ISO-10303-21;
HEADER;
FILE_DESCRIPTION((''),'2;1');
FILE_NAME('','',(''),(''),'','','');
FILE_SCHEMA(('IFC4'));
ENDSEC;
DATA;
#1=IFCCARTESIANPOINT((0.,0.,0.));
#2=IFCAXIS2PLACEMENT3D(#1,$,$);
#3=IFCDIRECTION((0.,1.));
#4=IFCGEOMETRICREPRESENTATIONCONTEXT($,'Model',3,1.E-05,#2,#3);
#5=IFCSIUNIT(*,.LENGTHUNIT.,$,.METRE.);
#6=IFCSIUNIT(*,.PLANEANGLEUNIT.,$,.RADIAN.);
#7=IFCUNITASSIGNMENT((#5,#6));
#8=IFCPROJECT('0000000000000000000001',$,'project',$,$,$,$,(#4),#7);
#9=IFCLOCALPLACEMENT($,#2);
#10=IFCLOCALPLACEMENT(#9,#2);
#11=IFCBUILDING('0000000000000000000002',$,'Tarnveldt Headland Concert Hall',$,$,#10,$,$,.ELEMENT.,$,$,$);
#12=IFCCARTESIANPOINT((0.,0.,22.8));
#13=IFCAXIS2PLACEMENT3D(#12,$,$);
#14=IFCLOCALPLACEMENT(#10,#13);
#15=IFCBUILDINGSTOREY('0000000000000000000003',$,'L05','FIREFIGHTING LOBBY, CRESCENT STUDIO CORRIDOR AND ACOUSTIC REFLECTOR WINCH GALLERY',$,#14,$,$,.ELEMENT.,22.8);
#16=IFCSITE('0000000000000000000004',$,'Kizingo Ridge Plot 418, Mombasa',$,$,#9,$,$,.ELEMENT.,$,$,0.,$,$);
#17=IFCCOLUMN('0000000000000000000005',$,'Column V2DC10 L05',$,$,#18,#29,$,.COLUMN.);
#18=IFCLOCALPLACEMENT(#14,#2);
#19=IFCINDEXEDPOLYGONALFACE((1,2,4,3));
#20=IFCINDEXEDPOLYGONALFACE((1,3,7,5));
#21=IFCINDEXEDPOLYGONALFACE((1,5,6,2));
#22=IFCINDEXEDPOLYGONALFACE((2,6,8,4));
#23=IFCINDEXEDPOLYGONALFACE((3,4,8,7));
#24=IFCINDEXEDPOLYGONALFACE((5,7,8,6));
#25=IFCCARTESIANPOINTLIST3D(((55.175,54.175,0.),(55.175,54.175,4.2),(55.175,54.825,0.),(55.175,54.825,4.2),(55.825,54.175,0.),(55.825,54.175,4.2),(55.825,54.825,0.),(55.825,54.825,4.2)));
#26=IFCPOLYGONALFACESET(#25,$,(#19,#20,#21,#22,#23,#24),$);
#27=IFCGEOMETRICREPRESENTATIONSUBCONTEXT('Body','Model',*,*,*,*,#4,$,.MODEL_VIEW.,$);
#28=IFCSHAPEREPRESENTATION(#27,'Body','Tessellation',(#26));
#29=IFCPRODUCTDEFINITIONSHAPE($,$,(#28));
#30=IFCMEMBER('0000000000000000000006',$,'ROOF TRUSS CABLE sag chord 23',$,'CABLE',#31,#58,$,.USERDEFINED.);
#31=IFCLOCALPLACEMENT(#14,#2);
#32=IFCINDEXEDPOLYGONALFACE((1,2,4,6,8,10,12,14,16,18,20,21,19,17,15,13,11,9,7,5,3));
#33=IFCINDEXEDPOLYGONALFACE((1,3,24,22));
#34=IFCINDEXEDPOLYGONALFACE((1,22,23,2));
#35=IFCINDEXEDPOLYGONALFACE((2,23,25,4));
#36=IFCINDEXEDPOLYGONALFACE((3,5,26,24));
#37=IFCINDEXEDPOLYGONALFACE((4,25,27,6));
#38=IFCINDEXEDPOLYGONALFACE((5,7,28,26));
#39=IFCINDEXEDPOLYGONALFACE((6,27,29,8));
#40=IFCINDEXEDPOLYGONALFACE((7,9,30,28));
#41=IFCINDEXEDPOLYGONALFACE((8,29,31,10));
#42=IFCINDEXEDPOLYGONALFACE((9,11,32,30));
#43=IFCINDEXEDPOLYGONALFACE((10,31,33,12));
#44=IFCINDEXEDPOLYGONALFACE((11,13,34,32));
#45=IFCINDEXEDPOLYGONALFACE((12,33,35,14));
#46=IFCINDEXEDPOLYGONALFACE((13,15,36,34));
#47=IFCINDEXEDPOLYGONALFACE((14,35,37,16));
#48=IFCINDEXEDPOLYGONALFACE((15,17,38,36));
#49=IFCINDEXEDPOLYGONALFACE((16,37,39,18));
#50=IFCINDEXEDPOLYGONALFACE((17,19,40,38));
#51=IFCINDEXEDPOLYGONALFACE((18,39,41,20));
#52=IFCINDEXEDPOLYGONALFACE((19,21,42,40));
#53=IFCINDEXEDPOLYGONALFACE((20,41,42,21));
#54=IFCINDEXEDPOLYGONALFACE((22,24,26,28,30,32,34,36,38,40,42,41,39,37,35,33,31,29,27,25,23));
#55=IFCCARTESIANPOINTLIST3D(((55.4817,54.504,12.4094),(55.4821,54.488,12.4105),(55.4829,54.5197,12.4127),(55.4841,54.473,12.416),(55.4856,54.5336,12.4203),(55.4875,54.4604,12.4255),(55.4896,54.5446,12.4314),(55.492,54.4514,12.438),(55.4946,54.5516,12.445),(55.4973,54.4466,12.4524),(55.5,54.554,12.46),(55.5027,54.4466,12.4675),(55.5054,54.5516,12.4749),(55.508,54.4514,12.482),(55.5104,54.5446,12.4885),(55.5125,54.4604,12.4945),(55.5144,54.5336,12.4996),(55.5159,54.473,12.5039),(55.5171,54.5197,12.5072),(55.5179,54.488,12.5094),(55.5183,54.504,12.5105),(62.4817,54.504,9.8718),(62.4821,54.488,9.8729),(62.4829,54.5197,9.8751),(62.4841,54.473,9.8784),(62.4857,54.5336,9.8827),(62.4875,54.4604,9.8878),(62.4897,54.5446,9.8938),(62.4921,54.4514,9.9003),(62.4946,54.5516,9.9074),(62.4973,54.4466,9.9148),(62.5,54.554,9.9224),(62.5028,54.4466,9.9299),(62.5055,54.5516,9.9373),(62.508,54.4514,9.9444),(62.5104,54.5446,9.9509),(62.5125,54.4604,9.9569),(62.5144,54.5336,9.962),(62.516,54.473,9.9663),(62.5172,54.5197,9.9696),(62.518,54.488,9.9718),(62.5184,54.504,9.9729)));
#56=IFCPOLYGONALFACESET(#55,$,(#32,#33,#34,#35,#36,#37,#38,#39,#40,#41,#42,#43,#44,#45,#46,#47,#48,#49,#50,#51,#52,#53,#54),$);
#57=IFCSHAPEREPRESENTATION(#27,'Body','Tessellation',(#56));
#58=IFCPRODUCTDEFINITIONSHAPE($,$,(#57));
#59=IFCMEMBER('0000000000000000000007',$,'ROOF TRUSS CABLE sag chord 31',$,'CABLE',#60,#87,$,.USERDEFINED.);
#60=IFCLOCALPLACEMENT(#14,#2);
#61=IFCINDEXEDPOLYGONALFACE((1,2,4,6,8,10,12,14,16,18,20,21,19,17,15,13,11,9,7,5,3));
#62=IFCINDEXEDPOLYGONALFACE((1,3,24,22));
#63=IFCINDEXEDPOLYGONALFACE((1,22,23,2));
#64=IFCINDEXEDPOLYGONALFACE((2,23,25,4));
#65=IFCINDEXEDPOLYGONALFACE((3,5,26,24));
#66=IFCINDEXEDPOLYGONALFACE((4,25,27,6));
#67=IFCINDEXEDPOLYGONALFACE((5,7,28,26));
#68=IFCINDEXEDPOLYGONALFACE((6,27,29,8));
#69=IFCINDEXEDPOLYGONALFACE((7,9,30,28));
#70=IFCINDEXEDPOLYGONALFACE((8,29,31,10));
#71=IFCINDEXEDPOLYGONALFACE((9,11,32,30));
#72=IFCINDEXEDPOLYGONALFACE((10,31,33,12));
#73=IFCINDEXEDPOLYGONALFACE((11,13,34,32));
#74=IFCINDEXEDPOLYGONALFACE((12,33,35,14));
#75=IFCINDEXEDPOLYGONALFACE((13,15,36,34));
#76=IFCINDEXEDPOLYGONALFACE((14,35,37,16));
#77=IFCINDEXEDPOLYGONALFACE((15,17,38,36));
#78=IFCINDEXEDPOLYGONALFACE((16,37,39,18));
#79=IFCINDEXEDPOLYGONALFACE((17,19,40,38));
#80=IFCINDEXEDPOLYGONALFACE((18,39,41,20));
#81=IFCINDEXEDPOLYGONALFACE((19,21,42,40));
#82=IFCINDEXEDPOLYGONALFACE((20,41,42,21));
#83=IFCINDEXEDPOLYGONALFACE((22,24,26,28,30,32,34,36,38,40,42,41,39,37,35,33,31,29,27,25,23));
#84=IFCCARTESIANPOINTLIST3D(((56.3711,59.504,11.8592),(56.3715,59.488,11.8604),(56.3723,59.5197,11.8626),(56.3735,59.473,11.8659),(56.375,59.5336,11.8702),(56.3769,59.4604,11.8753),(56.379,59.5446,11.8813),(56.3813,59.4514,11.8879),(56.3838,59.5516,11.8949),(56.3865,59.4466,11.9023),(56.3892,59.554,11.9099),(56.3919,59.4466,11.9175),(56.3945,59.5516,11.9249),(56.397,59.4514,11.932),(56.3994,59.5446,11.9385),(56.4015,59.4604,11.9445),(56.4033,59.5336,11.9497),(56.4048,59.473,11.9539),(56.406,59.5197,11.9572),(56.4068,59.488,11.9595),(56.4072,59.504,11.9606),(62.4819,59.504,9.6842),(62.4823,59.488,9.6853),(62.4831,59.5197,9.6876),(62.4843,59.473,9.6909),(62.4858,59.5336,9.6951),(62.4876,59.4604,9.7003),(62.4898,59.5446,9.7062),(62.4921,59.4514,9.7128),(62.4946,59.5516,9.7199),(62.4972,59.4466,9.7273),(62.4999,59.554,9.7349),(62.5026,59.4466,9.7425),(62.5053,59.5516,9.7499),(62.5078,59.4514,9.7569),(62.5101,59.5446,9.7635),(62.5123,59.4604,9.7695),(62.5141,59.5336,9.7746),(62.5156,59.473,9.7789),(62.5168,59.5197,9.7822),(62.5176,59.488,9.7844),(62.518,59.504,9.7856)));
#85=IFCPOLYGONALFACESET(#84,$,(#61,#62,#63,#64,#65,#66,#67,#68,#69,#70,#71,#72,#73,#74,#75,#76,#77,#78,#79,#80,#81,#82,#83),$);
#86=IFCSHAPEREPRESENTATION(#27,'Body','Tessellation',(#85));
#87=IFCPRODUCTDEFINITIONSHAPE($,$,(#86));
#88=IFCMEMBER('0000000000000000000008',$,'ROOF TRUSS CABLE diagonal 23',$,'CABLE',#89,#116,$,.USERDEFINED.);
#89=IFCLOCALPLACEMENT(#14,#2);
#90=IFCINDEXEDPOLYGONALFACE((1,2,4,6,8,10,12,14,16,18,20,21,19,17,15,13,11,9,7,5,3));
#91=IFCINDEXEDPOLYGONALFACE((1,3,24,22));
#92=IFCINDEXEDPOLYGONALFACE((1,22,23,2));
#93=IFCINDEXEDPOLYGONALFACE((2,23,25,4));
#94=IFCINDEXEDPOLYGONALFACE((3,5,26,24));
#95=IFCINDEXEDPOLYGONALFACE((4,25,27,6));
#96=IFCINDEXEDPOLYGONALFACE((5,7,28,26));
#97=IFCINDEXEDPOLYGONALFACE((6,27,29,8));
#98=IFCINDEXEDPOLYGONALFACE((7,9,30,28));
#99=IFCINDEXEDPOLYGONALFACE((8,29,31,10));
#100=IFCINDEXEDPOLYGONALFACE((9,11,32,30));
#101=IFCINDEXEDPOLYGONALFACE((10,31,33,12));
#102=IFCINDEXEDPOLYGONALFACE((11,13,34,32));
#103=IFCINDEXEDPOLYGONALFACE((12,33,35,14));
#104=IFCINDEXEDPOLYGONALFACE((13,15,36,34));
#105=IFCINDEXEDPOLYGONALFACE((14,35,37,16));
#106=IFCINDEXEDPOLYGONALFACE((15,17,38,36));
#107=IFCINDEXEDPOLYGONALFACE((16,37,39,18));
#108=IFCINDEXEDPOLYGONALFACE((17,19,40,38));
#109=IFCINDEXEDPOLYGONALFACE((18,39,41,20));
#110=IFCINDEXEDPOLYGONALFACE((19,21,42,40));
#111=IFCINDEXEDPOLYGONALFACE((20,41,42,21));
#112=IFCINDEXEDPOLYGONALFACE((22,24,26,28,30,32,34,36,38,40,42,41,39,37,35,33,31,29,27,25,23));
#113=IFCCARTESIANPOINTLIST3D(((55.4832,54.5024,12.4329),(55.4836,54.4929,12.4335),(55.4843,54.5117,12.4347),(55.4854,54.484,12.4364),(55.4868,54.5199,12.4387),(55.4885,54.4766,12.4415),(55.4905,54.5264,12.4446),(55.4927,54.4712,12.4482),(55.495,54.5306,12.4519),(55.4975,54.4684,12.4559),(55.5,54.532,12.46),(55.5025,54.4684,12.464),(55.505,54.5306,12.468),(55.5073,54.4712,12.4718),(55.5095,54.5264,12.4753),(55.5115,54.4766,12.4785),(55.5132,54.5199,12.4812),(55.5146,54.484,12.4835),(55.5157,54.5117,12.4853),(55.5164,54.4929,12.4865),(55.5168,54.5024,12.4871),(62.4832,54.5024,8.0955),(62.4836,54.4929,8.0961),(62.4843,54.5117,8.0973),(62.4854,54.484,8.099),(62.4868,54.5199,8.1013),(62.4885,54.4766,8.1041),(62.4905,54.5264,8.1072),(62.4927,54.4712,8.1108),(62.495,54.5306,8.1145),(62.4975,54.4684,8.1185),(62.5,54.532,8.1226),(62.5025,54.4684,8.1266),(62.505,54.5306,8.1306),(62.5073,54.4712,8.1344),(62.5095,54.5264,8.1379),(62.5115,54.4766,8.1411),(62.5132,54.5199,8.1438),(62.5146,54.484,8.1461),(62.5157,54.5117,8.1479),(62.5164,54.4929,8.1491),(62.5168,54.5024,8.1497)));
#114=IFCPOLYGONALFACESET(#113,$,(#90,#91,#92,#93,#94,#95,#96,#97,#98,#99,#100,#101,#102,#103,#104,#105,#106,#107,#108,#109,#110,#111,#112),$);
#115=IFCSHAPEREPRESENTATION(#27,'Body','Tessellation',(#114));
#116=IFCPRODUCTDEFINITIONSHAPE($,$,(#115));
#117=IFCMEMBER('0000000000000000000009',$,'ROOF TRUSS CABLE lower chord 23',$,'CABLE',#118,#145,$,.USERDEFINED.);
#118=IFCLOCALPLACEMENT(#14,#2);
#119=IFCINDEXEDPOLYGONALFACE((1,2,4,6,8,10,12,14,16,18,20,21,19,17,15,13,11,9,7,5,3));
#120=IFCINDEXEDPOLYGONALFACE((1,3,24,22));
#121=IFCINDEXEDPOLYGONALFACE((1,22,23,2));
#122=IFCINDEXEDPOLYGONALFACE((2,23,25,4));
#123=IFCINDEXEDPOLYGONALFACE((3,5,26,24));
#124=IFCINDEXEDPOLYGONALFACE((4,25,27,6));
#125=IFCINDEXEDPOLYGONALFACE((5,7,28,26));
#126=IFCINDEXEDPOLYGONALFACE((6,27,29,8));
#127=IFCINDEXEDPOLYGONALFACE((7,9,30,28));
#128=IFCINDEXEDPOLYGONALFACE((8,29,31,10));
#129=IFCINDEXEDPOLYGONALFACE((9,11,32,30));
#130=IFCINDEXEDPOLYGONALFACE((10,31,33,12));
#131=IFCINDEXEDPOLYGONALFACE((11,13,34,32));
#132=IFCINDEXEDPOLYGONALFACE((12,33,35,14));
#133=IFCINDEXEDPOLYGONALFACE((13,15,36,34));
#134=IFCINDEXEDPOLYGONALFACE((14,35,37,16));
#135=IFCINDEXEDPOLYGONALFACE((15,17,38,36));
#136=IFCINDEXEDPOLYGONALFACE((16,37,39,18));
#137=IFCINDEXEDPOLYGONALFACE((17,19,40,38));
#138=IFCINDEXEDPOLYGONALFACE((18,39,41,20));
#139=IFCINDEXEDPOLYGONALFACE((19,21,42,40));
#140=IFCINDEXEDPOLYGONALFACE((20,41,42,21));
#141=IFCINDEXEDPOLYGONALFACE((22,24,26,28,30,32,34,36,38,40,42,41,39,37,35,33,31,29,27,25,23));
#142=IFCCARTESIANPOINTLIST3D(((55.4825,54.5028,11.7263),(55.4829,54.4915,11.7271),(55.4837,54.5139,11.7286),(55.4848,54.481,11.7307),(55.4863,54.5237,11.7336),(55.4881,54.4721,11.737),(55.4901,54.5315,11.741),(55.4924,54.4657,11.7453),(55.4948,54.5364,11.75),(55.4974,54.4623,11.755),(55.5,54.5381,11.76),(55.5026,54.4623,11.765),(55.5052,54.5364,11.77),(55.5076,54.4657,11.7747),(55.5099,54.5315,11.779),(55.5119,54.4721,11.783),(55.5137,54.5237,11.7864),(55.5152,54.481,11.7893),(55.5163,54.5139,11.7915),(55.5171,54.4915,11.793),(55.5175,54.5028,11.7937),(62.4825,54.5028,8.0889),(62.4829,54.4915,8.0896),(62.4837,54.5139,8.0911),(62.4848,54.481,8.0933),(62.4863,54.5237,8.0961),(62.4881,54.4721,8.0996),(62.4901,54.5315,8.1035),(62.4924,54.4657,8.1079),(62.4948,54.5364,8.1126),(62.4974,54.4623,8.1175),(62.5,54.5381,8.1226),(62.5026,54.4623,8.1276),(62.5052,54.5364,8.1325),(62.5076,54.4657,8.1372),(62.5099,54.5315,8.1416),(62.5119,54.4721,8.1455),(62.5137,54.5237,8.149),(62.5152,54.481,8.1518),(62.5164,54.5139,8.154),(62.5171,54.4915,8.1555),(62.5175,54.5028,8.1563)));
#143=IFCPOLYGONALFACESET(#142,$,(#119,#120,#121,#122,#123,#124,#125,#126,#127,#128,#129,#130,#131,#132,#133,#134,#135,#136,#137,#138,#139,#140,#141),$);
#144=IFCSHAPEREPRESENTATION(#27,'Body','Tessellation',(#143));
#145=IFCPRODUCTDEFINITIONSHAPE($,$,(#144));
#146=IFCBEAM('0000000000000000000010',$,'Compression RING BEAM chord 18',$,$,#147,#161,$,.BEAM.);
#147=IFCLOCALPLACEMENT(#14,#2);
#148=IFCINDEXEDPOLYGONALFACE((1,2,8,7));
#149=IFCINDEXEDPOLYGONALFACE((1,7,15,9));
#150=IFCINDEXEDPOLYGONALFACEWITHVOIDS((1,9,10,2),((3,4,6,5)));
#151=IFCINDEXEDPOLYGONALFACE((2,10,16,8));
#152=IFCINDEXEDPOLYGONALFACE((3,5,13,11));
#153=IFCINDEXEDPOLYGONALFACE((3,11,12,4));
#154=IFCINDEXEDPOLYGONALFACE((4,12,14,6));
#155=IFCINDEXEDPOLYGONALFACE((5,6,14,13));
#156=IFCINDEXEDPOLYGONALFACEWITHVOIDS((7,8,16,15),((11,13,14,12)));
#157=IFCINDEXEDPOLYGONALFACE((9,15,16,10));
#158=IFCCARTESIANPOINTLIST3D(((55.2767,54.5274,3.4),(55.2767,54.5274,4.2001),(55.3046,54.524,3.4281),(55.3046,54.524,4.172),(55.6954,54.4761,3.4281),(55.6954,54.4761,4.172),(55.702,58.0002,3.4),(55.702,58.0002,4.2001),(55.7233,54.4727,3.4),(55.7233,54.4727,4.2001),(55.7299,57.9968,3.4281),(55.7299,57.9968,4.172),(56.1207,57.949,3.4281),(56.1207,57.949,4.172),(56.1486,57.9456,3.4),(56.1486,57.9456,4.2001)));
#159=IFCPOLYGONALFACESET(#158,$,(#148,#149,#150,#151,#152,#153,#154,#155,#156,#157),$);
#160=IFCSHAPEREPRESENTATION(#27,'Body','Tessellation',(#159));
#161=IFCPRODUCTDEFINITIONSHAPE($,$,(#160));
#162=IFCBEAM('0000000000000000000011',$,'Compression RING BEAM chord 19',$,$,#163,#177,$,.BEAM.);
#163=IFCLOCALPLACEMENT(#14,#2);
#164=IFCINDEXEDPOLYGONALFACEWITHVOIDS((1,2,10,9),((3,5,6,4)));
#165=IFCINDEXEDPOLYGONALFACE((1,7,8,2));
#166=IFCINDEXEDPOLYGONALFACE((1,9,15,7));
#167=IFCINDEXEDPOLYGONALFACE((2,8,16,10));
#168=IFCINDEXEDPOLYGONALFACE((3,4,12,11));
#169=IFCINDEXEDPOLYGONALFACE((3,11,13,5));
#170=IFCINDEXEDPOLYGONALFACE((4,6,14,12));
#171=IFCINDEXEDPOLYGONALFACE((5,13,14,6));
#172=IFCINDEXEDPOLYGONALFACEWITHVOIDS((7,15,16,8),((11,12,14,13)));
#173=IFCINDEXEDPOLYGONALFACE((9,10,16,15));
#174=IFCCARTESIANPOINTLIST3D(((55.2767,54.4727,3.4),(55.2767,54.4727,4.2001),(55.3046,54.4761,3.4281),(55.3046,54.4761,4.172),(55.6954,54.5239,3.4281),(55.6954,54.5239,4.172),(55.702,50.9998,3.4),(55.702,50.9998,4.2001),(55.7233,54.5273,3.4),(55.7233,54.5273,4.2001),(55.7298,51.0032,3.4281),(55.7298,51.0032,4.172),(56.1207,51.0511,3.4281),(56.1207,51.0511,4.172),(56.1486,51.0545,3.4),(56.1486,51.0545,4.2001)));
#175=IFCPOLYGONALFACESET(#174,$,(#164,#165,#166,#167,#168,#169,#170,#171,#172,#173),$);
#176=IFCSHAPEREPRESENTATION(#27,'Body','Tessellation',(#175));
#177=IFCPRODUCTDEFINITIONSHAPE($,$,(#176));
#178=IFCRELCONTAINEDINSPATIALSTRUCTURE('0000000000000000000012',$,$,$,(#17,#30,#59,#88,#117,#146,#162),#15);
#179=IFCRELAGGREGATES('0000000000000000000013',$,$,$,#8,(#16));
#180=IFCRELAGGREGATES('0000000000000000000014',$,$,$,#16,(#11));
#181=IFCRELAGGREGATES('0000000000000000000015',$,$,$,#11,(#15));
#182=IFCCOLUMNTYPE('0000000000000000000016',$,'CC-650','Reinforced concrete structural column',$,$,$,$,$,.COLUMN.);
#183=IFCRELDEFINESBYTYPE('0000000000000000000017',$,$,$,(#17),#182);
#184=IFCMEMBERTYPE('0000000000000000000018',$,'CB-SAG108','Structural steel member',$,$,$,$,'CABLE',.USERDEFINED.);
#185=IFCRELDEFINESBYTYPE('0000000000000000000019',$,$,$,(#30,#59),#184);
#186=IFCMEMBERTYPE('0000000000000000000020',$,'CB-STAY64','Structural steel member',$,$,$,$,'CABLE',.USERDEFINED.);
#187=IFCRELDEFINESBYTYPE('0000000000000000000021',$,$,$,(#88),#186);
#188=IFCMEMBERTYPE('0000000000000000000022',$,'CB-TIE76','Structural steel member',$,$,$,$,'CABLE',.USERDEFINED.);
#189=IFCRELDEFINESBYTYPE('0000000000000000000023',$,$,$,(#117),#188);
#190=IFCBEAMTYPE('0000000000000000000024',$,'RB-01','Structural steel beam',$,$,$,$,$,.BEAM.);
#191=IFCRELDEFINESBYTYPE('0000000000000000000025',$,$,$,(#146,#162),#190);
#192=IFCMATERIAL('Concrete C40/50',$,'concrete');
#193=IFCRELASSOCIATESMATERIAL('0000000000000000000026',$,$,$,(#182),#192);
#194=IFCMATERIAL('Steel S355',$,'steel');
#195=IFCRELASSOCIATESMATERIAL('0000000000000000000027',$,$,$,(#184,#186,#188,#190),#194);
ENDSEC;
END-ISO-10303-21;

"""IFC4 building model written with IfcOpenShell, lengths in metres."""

from ifc_helpers import new_model, si_unit, direction, frame, origin, origin_2d, place, context, subcontext, project, spatial, rectangle, hollow_rectangle, circle, extrude, material, material_profile, profile_set, type_object, element, save


model = new_model("IFC4")

# Units and contexts
model_context = context("Model", 3, precision=1e-05, world=origin(), true_north=direction((0.0, 1.0)))
body_context = subcontext(model_context, "Body", "Model", "MODEL_VIEW")
ifc_project = project(units=[si_unit("LENGTHUNIT", "METRE"), si_unit("PLANEANGLEUNIT", "RADIAN")], contexts=[model_context])

# Site, building, storey
site_placement = place(None, origin())
site = spatial("IfcSite", under=ifc_project, at=site_placement, Name="Kizingo Ridge Plot 418, Mombasa", CompositionType="ELEMENT", RefElevation=0.0)
building_placement = place(site_placement, origin())
building = spatial("IfcBuilding", under=site, at=building_placement, Name="Tarnveldt Headland Concert Hall", CompositionType="ELEMENT")
storey_placement = place(building_placement, frame((0.0, 0.0, 22.8)))
storey = spatial("IfcBuildingStorey", under=building, at=storey_placement, Name="L05", Description="FIREFIGHTING LOBBY, CRESCENT STUDIO CORRIDOR AND ACOUSTIC REFLECTOR WINCH GALLERY", CompositionType="ELEMENT", Elevation=22.8)

# Column
ifc_material_1 = material(Name="Concrete C40/50", Category="concrete")
ifc_material_profile_1 = material_profile(ifc_material_1, rectangle(XDim=0.6499, YDim=0.6499, at=origin_2d()), Name="RC 650x650", Category="concrete")
ifc_profile_set_1 = profile_set([ifc_material_profile_1], Name="Concrete C40/50")
column_type = type_object("IfcColumnType", Name="CC-650", Description="Reinforced concrete structural column", PredefinedType="COLUMN", material=ifc_profile_set_1)
column_placement = place(storey_placement, frame((55.5, 54.5, 0.0), z_axis=(0.0, 0.0, 1.0), x_axis=(-1.0, 0.0, 0.0)))
element("IfcColumn", 1, at=column_placement, inside=storey, type_object=column_type, Name="Column V2DC10 L05", PredefinedType="COLUMN", context=body_context, shape_type="SweptSolid", body=[
    extrude(rectangle(XDim=0.6499, YDim=0.6499, at=origin_2d()), origin(), (0.0, 0.0, 1.0), 4.2),
])

# Members
ifc_material_2 = material(Name="Steel S355", Category="steel")
ifc_material_profile_2 = material_profile(ifc_material_2, circle(Radius=0.054, at=origin_2d()), Name="LC D108", Category="steel")
ifc_profile_set_2 = profile_set([ifc_material_profile_2], Name="Steel S355")
member_type_1 = type_object("IfcMemberType", Name="CB-SAG108", Description="Structural steel member", ElementType="CABLE", PredefinedType="USERDEFINED", material=ifc_profile_set_2)
member_1_placement = place(storey_placement, frame((55.5, 54.5, 12.46), z_axis=(0.940132, 0.0, -0.340811), x_axis=(0.0, 1.0, 0.0)))
element("IfcMember", 2, at=member_1_placement, inside=storey, type_object=member_type_1, Name="ROOF TRUSS CABLE sag chord 23", ObjectType="CABLE", PredefinedType="USERDEFINED", context=body_context, shape_type="SweptSolid", body=[
    extrude(circle(Radius=0.054, at=origin_2d()), origin(), (0.0, 0.0, 1.0), 7.4458),
])
member_2_placement = place(storey_placement, frame((56.3892, 59.5, 11.9099), z_axis=(0.942102, 0.0, -0.335325), x_axis=(0.0, 1.0, 0.0)))
element("IfcMember", 3, at=member_2_placement, inside=storey, type_object=member_type_1, Name="ROOF TRUSS CABLE sag chord 31", ObjectType="CABLE", PredefinedType="USERDEFINED", context=body_context, shape_type="SweptSolid", body=[
    extrude(circle(Radius=0.054, at=origin_2d()), origin(), (0.0, 0.0, 1.0), 6.4863),
])
ifc_material_profile_3 = material_profile(ifc_material_2, circle(Radius=0.032, at=origin_2d()), Name="LC D64", Category="steel")
ifc_profile_set_3 = profile_set([ifc_material_profile_3], Name="Steel S355")
member_type_2 = type_object("IfcMemberType", Name="CB-STAY64", Description="Structural steel member", ElementType="CABLE", PredefinedType="USERDEFINED", material=ifc_profile_set_3)
member_3_placement = place(storey_placement, frame((55.5, 54.5, 12.46), z_axis=(0.850044, 0.0, -0.526712), x_axis=(0.0, 1.0, 0.0)))
element("IfcMember", 4, at=member_3_placement, inside=storey, type_object=member_type_2, Name="ROOF TRUSS CABLE diagonal 23", ObjectType="CABLE", PredefinedType="USERDEFINED", context=body_context, shape_type="SweptSolid", body=[
    extrude(circle(Radius=0.032, at=origin_2d()), origin(), (0.0, 0.0, 1.0), 8.2349),
])
ifc_material_profile_4 = material_profile(ifc_material_2, circle(Radius=0.0381, at=origin_2d()), Name="LC D76", Category="steel")
ifc_profile_set_4 = profile_set([ifc_material_profile_4], Name="Steel S355")
member_type_3 = type_object("IfcMemberType", Name="CB-TIE76", Description="Structural steel member", ElementType="CABLE", PredefinedType="USERDEFINED", material=ifc_profile_set_4)
member_4_placement = place(storey_placement, frame((55.5, 54.5, 11.76), z_axis=(0.887349, 0.0, -0.461098), x_axis=(0.0, 1.0, 0.0)))
element("IfcMember", 5, at=member_4_placement, inside=storey, type_object=member_type_3, Name="ROOF TRUSS CABLE lower chord 23", ObjectType="CABLE", PredefinedType="USERDEFINED", context=body_context, shape_type="SweptSolid", body=[
    extrude(circle(Radius=0.0381, at=origin_2d()), origin(), (0.0, 0.0, 1.0), 7.8887),
])

# Beams
ifc_material_profile_5 = material_profile(ifc_material_2, hollow_rectangle(XDim=0.45, YDim=0.8, WallThickness=0.0281, at=origin_2d()), Name="RHS 800x450x28", Category="steel")
ifc_profile_set_5 = profile_set([ifc_material_profile_5], Name="Steel S355")
beam_type = type_object("IfcBeamType", Name="RB-01", Description="Structural steel beam", PredefinedType="BEAM", material=ifc_profile_set_5)
for number, where, z_axis, x_axis, name in (
    (6, (55.9253, 57.9729, 3.8), (-0.121552, -0.992585, 0.0), (0.992585, -0.121552, 0.0), "Compression RING BEAM chord 18"),
    (7, (55.5, 54.5, 3.8), (0.121552, -0.992585, 0.0), (0.992585, 0.121552, 0.0), "Compression RING BEAM chord 19"),
):
    element("IfcBeam", number, at=place(storey_placement, frame(where, z_axis=z_axis, x_axis=x_axis)), inside=storey, type_object=beam_type, Name=name, PredefinedType="BEAM", context=body_context, shape_type="SweptSolid", body=[
        extrude(hollow_rectangle(XDim=0.45, YDim=0.8, WallThickness=0.0281, at=origin_2d()), origin(), (0.0, 0.0, 1.0), 3.4988),
    ])

save(model, "model.ifc")
